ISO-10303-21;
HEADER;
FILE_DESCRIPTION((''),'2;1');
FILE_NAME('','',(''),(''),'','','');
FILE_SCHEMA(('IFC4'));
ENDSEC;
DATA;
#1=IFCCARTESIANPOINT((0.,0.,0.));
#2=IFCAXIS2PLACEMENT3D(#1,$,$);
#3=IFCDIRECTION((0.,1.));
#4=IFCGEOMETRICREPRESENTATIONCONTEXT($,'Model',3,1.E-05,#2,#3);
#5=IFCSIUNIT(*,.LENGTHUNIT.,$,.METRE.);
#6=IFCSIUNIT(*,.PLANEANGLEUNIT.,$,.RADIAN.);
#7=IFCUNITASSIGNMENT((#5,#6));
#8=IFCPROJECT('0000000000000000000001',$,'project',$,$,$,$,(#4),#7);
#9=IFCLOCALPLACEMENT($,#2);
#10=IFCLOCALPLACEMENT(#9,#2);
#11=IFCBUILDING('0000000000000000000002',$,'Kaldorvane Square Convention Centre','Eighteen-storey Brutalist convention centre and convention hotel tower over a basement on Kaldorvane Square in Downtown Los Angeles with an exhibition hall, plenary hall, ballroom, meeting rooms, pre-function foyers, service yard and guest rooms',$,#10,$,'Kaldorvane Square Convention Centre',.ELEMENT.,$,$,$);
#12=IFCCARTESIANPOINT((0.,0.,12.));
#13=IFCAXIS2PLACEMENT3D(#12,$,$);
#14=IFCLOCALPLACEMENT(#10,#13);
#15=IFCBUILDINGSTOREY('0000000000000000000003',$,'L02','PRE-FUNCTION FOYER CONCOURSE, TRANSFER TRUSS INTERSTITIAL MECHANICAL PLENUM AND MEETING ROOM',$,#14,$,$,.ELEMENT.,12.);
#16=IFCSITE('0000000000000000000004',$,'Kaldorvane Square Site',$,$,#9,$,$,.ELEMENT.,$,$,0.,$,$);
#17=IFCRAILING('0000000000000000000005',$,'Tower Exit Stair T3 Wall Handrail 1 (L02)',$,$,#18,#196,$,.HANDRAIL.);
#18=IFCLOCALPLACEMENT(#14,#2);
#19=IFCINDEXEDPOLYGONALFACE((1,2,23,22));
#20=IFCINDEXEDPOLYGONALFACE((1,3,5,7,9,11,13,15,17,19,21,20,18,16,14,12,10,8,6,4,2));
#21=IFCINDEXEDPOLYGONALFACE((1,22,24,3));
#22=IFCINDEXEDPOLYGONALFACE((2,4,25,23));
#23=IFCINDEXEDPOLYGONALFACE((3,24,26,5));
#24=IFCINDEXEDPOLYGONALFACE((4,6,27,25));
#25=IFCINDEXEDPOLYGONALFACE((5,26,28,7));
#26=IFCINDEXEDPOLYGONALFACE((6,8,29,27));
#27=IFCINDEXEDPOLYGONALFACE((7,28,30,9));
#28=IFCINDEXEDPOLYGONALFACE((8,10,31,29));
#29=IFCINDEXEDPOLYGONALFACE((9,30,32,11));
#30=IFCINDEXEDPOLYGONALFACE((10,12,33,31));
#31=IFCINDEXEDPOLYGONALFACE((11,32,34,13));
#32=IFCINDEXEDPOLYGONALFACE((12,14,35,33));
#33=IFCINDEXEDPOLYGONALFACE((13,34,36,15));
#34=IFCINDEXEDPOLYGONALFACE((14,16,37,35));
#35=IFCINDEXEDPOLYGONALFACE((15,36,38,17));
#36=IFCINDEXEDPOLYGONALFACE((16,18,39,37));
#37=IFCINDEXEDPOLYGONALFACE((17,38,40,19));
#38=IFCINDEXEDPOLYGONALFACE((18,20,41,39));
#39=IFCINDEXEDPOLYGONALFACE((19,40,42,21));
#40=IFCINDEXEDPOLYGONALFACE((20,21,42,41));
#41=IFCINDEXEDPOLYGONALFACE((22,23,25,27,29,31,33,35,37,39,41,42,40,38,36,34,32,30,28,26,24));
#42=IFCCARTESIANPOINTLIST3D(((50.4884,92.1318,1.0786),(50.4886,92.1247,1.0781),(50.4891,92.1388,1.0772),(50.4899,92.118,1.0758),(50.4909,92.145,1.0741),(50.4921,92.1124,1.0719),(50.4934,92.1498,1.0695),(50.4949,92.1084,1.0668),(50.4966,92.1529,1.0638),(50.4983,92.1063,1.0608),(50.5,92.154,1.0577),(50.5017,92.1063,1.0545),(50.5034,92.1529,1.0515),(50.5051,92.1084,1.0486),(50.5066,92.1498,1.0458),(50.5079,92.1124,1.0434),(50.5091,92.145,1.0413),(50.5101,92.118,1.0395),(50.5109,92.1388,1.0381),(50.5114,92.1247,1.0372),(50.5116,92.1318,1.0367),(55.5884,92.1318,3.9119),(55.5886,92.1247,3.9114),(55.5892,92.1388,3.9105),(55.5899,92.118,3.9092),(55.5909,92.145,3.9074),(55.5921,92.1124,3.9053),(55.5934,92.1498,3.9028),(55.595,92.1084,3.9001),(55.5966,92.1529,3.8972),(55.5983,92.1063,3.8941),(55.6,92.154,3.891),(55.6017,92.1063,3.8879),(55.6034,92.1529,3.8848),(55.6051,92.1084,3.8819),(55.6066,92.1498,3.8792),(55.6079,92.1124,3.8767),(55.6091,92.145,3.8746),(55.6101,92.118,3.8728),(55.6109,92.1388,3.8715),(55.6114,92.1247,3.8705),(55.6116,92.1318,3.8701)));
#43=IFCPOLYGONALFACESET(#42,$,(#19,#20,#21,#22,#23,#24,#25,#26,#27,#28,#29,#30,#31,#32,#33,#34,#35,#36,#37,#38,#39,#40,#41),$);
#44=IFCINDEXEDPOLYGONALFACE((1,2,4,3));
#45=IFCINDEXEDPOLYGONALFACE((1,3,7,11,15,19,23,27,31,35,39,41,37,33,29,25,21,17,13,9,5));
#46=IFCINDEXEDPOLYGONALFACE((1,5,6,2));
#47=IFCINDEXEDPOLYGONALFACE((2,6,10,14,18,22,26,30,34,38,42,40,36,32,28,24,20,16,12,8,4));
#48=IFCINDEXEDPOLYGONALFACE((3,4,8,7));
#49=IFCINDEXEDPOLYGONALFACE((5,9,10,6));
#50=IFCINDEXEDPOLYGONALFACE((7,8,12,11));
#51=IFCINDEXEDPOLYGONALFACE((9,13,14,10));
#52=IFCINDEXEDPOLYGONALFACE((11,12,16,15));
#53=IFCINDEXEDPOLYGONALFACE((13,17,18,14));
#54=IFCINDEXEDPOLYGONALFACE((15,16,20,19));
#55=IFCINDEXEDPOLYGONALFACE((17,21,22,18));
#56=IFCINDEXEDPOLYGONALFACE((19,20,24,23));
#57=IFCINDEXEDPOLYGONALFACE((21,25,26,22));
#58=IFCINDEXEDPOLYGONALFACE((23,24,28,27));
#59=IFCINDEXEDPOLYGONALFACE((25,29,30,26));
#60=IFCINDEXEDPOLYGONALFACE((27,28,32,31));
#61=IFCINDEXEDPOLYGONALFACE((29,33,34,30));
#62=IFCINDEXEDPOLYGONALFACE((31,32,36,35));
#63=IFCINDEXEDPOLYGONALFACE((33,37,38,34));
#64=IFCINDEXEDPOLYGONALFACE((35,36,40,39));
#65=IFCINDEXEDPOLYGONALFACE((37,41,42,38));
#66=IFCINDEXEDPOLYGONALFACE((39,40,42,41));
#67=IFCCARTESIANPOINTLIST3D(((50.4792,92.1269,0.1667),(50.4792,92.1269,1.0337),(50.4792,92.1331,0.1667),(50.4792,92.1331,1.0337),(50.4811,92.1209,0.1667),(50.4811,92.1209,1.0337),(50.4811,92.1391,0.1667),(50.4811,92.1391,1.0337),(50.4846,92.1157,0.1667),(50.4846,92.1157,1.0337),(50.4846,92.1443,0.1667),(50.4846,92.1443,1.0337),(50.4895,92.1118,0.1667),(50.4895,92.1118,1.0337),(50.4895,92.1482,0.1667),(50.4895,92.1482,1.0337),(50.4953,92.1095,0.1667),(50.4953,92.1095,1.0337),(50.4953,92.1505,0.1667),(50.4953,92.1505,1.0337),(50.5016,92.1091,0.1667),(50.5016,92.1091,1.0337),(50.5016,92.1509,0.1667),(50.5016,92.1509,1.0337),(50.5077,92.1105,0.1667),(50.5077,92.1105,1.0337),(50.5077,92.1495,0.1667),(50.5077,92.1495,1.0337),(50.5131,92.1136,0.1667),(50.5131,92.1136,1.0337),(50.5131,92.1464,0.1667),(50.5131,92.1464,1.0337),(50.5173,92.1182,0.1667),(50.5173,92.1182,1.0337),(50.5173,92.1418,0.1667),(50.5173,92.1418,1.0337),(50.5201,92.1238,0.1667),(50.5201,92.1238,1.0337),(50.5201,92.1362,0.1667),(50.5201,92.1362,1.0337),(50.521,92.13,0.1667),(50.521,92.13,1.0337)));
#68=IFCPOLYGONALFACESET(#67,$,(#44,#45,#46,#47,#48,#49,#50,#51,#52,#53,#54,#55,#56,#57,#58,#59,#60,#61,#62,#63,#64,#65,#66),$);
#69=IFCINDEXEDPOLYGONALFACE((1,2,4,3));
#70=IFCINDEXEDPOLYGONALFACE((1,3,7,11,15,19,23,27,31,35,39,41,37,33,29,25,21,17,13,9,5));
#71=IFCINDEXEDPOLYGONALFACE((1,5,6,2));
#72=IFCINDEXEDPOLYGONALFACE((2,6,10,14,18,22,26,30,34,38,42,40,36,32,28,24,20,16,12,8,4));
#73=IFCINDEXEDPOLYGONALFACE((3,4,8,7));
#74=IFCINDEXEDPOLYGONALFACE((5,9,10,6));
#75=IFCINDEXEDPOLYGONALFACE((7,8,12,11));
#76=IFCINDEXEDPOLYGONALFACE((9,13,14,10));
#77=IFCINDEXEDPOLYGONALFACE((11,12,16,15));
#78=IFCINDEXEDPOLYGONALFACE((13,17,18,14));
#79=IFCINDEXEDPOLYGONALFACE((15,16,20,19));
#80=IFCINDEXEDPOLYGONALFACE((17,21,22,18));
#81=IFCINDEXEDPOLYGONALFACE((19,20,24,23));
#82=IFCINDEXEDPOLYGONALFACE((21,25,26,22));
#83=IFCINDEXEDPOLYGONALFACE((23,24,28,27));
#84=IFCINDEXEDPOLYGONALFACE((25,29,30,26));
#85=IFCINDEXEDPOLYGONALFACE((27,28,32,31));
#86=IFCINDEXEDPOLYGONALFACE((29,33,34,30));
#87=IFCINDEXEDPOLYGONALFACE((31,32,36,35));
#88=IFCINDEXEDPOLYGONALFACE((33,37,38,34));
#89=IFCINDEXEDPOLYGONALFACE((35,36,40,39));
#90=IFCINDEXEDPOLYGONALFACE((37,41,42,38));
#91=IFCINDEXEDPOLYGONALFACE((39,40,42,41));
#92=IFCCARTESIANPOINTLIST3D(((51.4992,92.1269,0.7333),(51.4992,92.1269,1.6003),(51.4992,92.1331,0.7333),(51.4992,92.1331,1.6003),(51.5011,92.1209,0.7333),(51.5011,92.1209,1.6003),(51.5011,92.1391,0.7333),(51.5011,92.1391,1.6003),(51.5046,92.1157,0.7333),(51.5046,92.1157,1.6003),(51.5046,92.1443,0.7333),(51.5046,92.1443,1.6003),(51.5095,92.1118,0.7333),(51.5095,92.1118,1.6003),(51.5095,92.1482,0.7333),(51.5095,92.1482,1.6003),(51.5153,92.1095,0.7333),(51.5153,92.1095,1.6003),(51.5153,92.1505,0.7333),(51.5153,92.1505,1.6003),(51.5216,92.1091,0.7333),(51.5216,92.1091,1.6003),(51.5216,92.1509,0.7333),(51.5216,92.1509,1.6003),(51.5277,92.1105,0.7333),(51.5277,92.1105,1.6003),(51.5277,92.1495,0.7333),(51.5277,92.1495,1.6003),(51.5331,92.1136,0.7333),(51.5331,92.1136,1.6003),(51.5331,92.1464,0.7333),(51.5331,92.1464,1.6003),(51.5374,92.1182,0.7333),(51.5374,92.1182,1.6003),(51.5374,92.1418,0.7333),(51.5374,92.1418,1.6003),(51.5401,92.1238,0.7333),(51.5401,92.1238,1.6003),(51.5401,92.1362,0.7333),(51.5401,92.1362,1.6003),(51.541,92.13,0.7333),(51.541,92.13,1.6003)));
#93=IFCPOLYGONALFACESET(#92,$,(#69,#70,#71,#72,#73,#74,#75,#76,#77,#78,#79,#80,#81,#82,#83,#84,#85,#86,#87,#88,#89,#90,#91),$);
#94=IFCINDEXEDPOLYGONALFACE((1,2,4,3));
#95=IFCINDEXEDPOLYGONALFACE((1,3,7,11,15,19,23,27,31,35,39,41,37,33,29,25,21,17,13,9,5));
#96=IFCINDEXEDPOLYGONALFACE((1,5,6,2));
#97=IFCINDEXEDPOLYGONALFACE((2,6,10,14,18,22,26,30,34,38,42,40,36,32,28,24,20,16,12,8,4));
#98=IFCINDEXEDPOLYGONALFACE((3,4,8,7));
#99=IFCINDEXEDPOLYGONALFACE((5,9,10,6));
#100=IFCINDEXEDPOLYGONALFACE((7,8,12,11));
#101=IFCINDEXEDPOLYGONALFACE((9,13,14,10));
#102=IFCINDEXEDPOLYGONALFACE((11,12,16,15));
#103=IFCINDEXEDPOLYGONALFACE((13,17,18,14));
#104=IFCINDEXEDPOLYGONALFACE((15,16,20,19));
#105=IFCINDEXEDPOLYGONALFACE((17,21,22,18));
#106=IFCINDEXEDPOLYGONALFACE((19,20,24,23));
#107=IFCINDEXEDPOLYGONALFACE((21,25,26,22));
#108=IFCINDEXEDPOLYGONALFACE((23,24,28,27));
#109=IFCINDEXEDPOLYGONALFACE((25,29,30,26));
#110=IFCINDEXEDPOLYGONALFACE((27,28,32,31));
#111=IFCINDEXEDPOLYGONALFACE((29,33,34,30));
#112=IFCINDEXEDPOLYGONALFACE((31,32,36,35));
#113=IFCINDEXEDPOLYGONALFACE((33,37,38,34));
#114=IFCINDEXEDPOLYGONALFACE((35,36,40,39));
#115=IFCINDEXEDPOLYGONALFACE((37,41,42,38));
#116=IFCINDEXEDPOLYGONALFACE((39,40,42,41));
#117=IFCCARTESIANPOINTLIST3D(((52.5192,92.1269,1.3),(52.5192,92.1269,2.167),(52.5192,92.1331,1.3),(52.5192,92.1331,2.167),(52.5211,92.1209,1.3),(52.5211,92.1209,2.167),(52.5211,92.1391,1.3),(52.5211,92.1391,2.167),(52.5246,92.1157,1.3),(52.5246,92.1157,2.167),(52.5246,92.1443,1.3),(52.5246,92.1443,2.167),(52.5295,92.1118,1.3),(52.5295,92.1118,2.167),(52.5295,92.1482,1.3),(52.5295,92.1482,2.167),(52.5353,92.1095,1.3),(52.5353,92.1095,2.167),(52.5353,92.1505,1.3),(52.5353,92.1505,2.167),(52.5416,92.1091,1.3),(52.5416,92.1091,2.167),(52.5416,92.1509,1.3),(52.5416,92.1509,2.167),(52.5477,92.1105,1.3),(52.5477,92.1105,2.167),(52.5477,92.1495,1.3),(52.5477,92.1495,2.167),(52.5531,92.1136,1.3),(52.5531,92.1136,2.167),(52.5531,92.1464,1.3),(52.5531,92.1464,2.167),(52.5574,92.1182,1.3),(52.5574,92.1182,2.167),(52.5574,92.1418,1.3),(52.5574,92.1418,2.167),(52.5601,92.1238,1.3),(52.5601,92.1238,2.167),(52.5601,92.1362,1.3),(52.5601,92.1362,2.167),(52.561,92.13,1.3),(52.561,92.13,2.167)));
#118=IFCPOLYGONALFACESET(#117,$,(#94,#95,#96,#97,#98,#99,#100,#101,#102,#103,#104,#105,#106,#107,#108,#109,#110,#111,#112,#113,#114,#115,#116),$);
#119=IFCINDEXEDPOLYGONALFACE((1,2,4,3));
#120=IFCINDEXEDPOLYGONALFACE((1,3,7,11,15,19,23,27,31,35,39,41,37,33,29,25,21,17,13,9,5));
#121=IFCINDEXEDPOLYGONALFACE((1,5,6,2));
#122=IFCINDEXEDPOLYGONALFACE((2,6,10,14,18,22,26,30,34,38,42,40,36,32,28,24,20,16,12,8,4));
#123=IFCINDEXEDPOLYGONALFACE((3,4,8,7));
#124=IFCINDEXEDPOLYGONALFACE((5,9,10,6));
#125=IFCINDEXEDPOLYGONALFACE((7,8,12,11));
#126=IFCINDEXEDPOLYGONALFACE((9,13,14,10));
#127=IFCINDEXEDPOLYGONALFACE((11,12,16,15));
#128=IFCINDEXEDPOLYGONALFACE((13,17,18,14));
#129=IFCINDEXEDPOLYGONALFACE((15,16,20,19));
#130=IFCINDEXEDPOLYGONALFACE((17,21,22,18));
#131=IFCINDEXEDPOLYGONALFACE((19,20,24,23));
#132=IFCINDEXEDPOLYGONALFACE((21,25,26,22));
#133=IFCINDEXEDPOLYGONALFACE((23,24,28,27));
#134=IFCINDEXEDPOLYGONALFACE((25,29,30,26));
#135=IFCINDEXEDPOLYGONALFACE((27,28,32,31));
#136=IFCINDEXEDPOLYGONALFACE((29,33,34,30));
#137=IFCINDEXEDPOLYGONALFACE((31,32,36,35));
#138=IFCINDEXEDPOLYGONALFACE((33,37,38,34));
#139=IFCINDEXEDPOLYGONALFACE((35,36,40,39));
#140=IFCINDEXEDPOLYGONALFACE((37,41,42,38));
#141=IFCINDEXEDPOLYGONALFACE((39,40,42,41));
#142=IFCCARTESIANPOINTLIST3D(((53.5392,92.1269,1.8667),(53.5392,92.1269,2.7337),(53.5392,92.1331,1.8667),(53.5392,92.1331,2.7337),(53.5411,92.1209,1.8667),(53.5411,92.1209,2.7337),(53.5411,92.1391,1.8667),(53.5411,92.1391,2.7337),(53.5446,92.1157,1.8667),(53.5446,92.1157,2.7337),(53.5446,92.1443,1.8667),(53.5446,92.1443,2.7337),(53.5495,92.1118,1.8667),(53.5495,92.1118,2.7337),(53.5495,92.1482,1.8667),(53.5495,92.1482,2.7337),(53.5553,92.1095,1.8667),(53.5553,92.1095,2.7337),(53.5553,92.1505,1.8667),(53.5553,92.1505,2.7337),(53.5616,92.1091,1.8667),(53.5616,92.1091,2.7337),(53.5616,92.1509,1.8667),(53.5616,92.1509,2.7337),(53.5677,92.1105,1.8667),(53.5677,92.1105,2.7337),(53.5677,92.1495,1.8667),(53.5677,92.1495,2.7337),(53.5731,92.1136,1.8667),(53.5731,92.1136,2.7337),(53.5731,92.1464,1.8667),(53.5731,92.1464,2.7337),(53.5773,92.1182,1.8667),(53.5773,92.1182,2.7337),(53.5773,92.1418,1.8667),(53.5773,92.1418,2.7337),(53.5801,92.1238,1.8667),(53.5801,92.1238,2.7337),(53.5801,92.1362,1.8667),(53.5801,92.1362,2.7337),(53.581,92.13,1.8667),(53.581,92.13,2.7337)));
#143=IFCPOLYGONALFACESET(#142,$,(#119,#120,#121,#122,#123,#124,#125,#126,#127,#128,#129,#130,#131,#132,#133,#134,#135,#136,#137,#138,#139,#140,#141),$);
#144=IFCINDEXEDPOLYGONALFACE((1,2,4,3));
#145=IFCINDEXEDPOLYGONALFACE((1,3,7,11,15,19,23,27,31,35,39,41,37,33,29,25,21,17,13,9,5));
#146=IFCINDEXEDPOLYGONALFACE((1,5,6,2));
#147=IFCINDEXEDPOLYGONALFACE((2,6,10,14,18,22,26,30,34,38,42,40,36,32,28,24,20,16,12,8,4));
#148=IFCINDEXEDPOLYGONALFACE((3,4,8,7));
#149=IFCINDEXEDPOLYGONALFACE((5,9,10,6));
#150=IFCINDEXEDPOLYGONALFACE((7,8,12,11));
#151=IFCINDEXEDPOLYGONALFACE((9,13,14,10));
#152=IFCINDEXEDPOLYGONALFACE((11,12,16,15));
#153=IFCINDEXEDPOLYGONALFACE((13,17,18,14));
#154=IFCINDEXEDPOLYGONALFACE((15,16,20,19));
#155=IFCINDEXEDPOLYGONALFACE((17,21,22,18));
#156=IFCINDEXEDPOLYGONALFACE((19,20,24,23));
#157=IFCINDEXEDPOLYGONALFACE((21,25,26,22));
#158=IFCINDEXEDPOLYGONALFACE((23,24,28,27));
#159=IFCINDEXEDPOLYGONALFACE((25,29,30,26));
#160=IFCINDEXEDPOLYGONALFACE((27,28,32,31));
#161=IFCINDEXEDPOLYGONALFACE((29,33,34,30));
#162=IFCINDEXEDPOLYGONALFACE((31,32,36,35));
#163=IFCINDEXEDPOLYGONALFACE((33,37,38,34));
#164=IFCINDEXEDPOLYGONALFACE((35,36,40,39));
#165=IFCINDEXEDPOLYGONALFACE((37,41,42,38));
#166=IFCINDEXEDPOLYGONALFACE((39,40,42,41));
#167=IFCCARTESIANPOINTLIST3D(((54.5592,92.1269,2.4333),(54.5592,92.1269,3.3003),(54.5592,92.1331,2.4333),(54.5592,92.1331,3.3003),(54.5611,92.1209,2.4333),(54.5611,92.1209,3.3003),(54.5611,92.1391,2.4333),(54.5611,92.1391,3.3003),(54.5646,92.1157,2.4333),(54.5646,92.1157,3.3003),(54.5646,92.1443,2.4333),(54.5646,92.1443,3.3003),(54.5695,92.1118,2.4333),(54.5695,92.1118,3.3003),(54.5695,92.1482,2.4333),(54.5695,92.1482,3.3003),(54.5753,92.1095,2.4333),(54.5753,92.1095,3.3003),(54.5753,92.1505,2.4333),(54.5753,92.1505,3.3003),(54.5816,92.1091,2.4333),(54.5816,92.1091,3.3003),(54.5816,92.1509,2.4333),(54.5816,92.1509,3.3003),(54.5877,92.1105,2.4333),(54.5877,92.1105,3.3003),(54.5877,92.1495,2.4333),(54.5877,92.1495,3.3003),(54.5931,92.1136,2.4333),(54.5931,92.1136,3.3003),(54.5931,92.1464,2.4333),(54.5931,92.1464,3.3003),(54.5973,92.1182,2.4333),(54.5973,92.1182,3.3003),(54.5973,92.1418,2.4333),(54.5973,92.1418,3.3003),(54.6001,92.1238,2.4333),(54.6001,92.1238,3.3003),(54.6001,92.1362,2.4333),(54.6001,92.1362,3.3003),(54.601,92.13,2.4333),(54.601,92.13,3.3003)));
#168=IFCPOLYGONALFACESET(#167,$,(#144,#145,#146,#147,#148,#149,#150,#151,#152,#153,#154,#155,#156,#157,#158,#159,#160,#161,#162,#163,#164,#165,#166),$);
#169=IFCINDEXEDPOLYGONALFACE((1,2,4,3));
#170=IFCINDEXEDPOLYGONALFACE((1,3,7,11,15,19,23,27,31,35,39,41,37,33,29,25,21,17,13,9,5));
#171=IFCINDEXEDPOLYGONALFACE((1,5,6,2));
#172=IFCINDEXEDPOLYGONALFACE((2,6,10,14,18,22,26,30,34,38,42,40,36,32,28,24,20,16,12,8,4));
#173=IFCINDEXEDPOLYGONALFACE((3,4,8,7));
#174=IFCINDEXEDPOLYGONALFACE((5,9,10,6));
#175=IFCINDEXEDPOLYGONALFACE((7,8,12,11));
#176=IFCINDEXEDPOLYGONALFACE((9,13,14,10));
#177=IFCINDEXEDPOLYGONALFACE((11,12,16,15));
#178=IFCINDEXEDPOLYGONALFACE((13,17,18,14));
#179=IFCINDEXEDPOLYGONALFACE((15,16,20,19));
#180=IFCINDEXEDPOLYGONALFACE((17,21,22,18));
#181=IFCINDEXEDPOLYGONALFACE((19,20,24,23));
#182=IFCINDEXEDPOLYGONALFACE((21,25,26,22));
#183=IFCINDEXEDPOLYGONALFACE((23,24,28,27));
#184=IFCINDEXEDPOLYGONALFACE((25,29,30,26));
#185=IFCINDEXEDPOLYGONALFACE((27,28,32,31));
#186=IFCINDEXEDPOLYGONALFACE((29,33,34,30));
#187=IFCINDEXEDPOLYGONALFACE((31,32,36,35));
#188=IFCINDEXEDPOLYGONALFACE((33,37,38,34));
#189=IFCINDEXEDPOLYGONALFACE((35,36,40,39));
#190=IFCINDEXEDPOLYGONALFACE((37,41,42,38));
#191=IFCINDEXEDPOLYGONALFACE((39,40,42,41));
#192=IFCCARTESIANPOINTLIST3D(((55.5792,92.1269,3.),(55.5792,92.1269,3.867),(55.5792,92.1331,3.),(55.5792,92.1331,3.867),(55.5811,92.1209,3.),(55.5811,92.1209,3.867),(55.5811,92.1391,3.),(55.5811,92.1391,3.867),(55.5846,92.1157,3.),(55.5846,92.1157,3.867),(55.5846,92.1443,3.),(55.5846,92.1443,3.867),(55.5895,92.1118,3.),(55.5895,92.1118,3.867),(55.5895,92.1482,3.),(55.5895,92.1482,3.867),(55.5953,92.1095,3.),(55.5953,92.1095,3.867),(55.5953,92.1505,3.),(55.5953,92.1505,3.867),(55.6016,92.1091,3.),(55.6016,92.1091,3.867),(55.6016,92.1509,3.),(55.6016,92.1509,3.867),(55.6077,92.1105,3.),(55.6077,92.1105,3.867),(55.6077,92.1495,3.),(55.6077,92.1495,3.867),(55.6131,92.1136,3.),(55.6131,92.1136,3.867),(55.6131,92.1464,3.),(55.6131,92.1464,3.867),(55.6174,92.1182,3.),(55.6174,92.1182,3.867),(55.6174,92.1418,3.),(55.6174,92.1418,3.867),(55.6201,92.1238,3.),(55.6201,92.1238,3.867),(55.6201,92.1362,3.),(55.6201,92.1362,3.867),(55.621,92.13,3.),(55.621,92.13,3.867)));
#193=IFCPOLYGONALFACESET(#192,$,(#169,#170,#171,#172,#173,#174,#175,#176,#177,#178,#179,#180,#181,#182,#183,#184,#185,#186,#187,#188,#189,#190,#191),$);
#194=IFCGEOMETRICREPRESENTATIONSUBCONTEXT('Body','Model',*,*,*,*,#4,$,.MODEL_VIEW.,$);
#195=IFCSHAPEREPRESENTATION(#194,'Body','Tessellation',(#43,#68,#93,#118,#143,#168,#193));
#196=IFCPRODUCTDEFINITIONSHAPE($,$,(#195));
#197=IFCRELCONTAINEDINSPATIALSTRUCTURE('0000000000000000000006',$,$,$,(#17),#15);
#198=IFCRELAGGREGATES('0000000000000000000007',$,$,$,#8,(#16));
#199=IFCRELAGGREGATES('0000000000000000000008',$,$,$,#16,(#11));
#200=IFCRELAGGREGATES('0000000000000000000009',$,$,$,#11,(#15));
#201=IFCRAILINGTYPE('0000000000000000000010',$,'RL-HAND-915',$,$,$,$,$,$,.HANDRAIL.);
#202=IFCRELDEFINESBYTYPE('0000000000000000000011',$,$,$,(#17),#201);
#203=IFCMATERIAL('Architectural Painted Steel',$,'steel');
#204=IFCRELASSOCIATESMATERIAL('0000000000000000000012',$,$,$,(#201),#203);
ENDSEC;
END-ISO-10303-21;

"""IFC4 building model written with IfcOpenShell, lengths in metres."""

from ifc_helpers import new_model, si_unit, direction, frame, origin, origin_2d, place, context, subcontext, project, spatial, circle, extrude, material, type_object, element, save


model = new_model("IFC4")

# Units and contexts
model_context = context("Model", 3, precision=1e-05, world=origin(), true_north=direction((0.0, 1.0)))
body_context = subcontext(model_context, "Body", "Model", "MODEL_VIEW")
ifc_project = project(units=[si_unit("LENGTHUNIT", "METRE"), si_unit("PLANEANGLEUNIT", "RADIAN")], contexts=[model_context])

# Site, building, storey
site_placement = place(None, origin())
site = spatial("IfcSite", under=ifc_project, at=site_placement, Name="Kaldorvane Square Site", CompositionType="ELEMENT", RefElevation=0.0)
building_placement = place(site_placement, origin())
building = spatial("IfcBuilding", under=site, at=building_placement, Name="Kaldorvane Square Convention Centre", Description="Eighteen-storey Brutalist convention centre and convention hotel tower over a basement on Kaldorvane Square in Downtown Los Angeles with an exhibition hall, plenary hall, ballroom, meeting rooms, pre-function foyers, service yard and guest rooms", LongName="Kaldorvane Square Convention Centre", CompositionType="ELEMENT")
storey_placement = place(building_placement, frame((0.0, 0.0, 12.0)))
storey = spatial("IfcBuildingStorey", under=building, at=storey_placement, Name="L02", Description="PRE-FUNCTION FOYER CONCOURSE, TRANSFER TRUSS INTERSTITIAL MECHANICAL PLENUM AND MEETING ROOM", CompositionType="ELEMENT", Elevation=12.0)

# Railing
ifc_material_1 = material(Name="Architectural Painted Steel", Category="steel")
railing_type_1 = type_object("IfcRailingType", Name="RL-HAND-915", PredefinedType="HANDRAIL", material=ifc_material_1)
railing_1_placement = place(storey_placement, frame((50.5, 92.13, 0.1667)))
element("IfcRailing", 1, at=railing_1_placement, inside=storey, type_object=railing_type_1, Name="Tower Exit Stair T3 Wall Handrail 1 (L02)", PredefinedType="HANDRAIL", context=body_context, shape_type="SweptSolid", body=[
    extrude(circle(Radius=0.024, at=origin_2d()), frame((0.0, 0.0, 0.891), z_axis=(0.874158, 0.0, 0.485642), x_axis=(0.0, 1.0, 0.0)), (0.0, 0.0, 1.0), 5.8342),
    extrude(circle(Radius=0.021, at=origin_2d()), origin(), (0.0, 0.0, 1.0), 0.867),
    extrude(circle(Radius=0.021, at=origin_2d()), frame((1.02, 0.0, 0.5667)), (0.0, 0.0, 1.0), 0.867),
    extrude(circle(Radius=0.021, at=origin_2d()), frame((2.04, 0.0, 1.1333)), (0.0, 0.0, 1.0), 0.867),
    extrude(circle(Radius=0.021, at=origin_2d()), frame((3.06, 0.0, 1.7)), (0.0, 0.0, 1.0), 0.867),
    extrude(circle(Radius=0.021, at=origin_2d()), frame((4.08, 0.0, 2.2667)), (0.0, 0.0, 1.0), 0.867),
    extrude(circle(Radius=0.021, at=origin_2d()), frame((5.1, 0.0, 2.8333)), (0.0, 0.0, 1.0), 0.867),
])

save(model, "model.ifc")
